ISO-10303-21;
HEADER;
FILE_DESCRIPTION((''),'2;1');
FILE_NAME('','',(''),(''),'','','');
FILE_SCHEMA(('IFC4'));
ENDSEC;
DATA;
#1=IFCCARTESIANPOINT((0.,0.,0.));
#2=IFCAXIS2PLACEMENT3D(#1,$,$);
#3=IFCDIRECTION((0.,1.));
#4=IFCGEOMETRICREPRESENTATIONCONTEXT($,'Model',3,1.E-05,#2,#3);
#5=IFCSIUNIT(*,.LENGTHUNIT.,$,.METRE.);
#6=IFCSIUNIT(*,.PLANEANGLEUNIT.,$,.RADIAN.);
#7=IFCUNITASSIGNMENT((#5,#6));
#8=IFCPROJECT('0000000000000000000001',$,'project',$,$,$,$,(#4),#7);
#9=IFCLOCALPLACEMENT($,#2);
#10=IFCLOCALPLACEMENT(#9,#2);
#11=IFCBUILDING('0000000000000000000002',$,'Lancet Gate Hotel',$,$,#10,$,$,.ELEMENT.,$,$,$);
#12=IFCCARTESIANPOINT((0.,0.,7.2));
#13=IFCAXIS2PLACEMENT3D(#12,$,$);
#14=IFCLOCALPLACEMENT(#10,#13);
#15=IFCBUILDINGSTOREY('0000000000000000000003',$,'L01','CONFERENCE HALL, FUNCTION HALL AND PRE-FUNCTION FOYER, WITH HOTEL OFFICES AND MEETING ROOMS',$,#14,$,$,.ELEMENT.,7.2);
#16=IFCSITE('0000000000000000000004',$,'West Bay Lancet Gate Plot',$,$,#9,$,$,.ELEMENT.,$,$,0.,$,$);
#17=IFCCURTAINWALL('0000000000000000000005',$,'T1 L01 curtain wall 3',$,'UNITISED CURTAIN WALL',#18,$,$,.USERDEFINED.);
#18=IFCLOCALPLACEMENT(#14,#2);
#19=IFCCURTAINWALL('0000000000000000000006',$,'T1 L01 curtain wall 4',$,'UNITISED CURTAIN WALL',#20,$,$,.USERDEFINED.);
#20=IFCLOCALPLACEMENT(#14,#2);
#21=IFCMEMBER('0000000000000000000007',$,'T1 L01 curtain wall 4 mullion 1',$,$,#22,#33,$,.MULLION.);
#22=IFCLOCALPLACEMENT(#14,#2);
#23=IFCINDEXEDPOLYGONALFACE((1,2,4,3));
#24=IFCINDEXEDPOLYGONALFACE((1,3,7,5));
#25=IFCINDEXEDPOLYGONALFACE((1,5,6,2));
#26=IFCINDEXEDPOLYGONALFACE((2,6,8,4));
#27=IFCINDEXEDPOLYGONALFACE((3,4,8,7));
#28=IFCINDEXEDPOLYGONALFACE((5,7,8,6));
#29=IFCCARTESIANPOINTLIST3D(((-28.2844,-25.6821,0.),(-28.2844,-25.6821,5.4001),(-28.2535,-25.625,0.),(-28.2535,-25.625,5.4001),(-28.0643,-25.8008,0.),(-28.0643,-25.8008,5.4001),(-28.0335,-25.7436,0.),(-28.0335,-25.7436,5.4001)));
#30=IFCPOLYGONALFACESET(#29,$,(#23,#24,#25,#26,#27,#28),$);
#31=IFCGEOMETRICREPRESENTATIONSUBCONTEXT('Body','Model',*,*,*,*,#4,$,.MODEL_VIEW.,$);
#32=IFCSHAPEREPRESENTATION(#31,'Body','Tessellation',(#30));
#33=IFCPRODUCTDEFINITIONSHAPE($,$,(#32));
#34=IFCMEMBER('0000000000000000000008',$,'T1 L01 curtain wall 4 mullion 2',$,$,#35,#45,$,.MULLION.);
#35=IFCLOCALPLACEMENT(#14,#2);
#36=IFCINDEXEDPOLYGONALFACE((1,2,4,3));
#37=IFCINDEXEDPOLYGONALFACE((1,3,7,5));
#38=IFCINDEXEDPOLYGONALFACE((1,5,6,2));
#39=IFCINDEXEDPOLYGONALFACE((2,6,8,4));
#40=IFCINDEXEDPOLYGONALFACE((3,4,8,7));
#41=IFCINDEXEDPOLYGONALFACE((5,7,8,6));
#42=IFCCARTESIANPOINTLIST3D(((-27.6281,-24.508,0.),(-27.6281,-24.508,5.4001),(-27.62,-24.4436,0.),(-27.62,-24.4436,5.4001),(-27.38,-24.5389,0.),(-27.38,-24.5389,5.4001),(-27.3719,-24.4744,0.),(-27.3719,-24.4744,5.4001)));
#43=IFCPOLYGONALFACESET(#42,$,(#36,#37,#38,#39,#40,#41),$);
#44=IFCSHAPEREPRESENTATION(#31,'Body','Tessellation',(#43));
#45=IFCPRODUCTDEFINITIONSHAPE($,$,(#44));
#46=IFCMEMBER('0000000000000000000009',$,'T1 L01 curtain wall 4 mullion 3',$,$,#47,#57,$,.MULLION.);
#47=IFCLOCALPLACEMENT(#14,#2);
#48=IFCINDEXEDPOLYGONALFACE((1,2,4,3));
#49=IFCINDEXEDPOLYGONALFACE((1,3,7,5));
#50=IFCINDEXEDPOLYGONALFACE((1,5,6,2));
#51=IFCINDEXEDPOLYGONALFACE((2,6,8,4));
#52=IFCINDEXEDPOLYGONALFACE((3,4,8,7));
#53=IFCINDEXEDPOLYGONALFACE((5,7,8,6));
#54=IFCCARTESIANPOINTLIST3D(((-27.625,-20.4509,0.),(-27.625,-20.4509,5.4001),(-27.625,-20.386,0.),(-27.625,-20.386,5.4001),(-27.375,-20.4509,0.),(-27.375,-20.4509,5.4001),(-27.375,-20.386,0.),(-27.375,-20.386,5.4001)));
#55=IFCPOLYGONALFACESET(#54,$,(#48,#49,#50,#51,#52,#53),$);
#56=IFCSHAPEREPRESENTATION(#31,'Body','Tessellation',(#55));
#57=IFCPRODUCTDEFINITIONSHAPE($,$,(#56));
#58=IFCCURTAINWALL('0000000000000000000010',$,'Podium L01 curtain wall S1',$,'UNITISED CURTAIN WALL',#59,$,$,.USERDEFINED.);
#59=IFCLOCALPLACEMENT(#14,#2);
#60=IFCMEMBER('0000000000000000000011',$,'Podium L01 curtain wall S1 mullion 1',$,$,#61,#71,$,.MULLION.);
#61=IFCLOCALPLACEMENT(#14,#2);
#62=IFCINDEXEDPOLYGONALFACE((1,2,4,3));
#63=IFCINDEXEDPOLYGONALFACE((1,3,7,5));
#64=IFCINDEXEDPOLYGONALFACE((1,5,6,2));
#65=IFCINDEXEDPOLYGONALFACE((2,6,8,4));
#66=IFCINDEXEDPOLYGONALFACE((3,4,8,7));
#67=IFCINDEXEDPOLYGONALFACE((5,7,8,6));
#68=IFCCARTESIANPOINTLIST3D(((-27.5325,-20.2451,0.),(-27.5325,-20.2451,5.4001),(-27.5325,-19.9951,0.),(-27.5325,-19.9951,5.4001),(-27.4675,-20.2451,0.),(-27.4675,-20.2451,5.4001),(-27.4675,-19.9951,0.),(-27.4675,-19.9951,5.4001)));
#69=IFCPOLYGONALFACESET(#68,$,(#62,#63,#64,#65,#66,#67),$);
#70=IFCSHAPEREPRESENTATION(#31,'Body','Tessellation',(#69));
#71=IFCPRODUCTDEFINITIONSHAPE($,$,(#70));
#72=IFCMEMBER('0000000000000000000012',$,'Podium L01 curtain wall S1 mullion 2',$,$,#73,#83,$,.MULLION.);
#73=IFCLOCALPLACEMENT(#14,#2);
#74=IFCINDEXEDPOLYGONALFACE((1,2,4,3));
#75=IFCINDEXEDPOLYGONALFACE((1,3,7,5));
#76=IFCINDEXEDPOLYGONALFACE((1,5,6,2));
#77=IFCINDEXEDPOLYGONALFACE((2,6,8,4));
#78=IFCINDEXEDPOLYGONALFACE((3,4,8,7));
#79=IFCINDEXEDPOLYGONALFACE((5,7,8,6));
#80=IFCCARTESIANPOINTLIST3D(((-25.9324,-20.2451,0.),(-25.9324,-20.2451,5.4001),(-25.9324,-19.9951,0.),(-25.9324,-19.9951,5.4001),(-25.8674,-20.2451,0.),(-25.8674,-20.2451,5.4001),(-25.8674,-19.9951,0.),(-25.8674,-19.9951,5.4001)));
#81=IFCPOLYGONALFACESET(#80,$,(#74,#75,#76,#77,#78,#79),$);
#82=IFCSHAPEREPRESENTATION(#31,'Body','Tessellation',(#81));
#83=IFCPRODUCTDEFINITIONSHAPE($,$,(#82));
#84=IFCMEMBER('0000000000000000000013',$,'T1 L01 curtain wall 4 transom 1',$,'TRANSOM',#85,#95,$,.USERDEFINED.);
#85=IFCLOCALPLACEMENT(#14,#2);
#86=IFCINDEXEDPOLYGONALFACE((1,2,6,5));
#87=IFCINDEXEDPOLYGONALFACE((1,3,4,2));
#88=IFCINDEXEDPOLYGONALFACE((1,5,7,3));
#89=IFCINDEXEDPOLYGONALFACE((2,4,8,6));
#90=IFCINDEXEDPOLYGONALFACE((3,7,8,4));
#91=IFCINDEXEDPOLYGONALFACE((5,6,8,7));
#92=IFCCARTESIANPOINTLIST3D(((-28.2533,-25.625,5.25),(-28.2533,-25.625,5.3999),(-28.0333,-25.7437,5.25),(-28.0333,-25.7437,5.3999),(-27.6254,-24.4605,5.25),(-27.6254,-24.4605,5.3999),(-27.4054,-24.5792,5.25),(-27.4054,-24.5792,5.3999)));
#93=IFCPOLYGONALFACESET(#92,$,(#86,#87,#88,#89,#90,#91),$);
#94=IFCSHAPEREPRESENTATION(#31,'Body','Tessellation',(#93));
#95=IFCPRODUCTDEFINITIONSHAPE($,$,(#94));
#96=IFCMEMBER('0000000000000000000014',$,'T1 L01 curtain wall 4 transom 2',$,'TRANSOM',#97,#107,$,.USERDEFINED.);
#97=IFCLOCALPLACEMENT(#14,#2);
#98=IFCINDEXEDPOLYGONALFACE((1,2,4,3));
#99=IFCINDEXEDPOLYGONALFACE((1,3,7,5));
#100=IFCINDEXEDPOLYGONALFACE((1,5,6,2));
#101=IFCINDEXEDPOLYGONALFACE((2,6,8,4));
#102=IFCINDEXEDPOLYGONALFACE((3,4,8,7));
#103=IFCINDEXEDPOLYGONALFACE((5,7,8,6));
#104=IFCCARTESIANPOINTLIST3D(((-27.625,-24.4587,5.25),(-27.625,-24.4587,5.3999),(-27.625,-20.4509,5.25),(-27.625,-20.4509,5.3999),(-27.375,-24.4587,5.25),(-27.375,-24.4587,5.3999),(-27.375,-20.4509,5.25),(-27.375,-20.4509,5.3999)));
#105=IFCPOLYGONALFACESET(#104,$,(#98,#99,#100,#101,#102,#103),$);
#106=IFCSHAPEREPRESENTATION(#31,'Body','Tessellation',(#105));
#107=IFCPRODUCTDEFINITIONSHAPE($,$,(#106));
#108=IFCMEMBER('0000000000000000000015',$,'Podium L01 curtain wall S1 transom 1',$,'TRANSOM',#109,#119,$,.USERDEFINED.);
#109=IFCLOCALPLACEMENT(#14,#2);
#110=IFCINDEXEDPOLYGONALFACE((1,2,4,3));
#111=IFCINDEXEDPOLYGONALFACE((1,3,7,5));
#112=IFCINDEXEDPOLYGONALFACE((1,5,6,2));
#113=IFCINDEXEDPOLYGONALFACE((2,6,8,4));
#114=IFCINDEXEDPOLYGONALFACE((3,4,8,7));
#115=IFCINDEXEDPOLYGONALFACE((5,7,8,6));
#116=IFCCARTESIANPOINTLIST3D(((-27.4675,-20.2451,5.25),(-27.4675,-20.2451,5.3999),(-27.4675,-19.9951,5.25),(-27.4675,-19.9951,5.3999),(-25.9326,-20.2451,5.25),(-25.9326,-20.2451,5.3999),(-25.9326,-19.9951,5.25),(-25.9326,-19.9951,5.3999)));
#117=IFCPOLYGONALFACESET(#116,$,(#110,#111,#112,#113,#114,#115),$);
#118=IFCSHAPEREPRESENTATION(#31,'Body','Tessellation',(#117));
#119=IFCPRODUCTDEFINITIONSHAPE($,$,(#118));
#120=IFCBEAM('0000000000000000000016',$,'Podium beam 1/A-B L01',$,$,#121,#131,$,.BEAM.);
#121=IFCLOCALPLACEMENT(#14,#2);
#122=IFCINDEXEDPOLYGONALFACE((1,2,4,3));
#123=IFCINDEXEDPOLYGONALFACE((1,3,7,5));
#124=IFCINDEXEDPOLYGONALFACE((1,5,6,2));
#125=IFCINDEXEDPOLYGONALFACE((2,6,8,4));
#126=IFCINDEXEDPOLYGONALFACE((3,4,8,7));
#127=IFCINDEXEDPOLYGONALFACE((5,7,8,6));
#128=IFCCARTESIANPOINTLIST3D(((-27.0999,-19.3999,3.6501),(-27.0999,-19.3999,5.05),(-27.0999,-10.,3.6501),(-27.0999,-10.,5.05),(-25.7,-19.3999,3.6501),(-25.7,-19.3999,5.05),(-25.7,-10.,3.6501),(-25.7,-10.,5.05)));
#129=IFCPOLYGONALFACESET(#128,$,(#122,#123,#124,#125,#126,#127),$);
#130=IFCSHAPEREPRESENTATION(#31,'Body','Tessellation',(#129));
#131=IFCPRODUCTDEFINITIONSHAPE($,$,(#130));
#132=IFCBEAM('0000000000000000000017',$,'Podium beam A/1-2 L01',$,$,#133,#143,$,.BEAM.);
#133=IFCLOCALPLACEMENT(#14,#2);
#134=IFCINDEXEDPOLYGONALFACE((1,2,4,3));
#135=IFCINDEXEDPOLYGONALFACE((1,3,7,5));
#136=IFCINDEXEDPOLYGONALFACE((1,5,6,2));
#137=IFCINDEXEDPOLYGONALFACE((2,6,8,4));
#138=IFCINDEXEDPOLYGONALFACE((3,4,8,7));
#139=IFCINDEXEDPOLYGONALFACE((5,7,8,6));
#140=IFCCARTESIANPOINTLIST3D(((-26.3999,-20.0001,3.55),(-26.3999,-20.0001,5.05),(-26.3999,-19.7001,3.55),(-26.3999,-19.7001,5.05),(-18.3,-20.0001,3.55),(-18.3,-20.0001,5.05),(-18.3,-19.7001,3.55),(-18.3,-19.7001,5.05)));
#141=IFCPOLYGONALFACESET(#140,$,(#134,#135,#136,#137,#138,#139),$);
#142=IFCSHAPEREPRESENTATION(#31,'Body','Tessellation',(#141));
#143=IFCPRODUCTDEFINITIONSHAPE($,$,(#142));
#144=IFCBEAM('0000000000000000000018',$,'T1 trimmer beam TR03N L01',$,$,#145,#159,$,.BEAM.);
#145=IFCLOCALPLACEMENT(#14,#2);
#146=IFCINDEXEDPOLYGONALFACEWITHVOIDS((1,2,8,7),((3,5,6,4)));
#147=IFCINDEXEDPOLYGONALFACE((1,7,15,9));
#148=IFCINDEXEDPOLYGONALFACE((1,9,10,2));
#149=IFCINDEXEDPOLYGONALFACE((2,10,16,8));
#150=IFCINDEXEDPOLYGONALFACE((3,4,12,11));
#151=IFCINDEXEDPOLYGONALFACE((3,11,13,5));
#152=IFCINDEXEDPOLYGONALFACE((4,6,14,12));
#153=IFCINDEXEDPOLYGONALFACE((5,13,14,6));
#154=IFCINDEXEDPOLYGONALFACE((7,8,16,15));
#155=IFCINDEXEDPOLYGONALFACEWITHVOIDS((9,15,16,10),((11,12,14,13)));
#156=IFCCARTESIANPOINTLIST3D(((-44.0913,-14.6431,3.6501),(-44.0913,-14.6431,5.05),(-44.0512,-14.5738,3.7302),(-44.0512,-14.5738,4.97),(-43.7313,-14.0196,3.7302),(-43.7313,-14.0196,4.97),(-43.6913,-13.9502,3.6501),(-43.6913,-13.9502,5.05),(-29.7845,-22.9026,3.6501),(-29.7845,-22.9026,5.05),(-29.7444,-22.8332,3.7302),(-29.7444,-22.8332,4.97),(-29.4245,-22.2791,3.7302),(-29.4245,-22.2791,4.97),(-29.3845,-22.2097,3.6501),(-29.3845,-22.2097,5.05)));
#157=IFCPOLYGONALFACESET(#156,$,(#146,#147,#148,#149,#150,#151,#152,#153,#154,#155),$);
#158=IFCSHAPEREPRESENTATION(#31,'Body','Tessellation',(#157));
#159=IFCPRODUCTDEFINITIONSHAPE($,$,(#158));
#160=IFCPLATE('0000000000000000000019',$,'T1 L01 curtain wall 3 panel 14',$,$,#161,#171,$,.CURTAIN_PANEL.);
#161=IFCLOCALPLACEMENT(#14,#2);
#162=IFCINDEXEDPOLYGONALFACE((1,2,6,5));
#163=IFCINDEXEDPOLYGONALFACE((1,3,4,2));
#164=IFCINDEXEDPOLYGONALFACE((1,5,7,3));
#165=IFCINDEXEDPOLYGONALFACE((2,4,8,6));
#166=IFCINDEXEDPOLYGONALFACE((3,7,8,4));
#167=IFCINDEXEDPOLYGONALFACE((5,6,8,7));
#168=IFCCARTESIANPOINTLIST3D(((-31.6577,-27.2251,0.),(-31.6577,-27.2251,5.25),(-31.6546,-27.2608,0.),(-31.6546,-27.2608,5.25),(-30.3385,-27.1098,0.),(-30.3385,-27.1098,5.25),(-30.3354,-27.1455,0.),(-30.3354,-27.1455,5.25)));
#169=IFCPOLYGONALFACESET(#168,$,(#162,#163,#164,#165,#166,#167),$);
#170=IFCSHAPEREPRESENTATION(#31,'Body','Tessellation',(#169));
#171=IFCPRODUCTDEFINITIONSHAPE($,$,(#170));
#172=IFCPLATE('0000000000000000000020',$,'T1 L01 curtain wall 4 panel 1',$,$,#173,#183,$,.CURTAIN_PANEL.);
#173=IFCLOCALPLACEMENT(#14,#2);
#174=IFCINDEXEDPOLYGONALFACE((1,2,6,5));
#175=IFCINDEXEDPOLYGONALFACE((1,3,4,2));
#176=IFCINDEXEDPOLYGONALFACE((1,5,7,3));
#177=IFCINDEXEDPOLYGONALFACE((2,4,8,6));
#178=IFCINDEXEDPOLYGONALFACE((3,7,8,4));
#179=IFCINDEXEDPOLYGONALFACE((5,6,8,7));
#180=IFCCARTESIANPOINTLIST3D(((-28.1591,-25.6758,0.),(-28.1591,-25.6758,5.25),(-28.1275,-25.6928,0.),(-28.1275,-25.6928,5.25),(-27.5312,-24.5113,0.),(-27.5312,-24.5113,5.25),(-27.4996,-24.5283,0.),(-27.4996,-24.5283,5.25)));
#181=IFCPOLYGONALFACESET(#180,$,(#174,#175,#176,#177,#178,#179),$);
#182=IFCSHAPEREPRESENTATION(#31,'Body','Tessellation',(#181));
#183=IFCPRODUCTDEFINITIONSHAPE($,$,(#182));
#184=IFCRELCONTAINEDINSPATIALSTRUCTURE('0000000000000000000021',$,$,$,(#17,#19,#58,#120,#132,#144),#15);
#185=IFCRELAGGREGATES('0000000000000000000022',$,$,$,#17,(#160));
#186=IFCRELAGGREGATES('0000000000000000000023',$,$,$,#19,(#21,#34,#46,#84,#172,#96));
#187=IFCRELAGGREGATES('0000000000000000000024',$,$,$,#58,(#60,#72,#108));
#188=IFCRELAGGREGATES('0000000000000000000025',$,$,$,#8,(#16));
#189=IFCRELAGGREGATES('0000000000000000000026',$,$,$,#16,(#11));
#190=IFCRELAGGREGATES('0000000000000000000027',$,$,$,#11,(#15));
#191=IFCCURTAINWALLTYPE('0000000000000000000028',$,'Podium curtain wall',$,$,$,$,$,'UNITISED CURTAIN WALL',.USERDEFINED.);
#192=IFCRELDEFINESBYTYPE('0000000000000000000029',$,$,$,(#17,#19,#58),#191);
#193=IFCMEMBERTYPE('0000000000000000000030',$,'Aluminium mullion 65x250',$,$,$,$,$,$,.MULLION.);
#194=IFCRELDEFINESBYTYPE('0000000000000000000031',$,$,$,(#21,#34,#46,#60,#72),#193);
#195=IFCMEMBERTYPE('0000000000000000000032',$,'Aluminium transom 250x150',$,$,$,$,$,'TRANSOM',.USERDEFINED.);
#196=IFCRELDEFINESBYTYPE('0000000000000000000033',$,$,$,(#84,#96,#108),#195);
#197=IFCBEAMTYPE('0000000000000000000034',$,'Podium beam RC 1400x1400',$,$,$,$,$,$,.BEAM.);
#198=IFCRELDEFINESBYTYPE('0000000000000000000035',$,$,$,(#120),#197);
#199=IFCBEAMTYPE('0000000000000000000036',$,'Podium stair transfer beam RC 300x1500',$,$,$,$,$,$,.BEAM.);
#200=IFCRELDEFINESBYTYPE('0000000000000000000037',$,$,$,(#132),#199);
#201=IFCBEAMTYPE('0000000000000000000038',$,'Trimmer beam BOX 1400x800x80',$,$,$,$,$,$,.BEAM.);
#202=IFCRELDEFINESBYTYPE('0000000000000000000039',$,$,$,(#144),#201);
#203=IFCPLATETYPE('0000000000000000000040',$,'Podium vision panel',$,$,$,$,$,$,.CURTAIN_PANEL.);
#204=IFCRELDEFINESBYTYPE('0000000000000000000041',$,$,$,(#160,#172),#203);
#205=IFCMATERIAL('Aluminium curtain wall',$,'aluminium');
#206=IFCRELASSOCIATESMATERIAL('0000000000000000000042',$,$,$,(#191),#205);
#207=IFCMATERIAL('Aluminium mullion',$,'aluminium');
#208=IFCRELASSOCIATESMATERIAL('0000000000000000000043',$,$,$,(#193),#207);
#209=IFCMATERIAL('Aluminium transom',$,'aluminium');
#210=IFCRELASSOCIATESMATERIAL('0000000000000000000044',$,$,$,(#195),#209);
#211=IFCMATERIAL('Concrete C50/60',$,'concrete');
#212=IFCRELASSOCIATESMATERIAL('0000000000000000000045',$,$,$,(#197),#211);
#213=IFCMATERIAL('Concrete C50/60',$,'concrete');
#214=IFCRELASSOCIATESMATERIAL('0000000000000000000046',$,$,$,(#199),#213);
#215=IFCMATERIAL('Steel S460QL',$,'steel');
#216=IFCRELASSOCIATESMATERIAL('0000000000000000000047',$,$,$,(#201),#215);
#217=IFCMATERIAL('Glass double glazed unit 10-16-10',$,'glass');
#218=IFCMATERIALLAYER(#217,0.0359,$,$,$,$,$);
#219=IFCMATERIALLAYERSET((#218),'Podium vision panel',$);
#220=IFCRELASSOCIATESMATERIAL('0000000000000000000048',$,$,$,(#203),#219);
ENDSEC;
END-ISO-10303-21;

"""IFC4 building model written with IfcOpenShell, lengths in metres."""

from ifc_helpers import new_model, si_unit, direction, frame, origin, origin_2d, place, context, subcontext, project, spatial, rectangle, hollow_rectangle, extrude, material, layer, layer_set, material_profile, profile_set, type_object, element, aggregate, save


model = new_model("IFC4")

# Units and contexts
model_context = context("Model", 3, precision=1e-05, world=origin(), true_north=direction((0.0, 1.0)))
body_context = subcontext(model_context, "Body", "Model", "MODEL_VIEW")
ifc_project = project(units=[si_unit("LENGTHUNIT", "METRE"), si_unit("PLANEANGLEUNIT", "RADIAN")], contexts=[model_context])

# Site, building, storey
site_placement = place(None, origin())
site = spatial("IfcSite", under=ifc_project, at=site_placement, Name="West Bay Lancet Gate Plot", CompositionType="ELEMENT", RefElevation=0.0)
building_placement = place(site_placement, origin())
building = spatial("IfcBuilding", under=site, at=building_placement, Name="Lancet Gate Hotel", CompositionType="ELEMENT")
storey_placement = place(building_placement, frame((0.0, 0.0, 7.2)))
storey = spatial("IfcBuildingStorey", under=building, at=storey_placement, Name="L01", Description="CONFERENCE HALL, FUNCTION HALL AND PRE-FUNCTION FOYER, WITH HOTEL OFFICES AND MEETING ROOMS", CompositionType="ELEMENT", Elevation=7.2)

# Curtain wall
ifc_material_1 = material(Name="Aluminium curtain wall", Category="aluminium")
curtain_wall_type = type_object("IfcCurtainWallType", Name="Podium curtain wall", ElementType="UNITISED CURTAIN WALL", PredefinedType="USERDEFINED", material=ifc_material_1)
curtain_wall_1_placement = place(storey_placement, origin())
curtain_wall_1 = element("IfcCurtainWall", 1, at=curtain_wall_1_placement, inside=storey, type_object=curtain_wall_type, Name="T1 L01 curtain wall 3", ObjectType="UNITISED CURTAIN WALL", PredefinedType="USERDEFINED")
ifc_material_2 = material(Name="Aluminium mullion", Category="aluminium")
ifc_material_profile_1 = material_profile(ifc_material_2, rectangle(XDim=0.0649, YDim=0.25, at=origin_2d()), Name="MULLION 65x250")
ifc_profile_set_1 = profile_set([ifc_material_profile_1], Name="Aluminium mullion")
member_type_1 = type_object("IfcMemberType", Name="Aluminium mullion 65x250", PredefinedType="MULLION", material=ifc_profile_set_1)

# Curtain walls, members
curtain_wall_2_placement = place(storey_placement, origin())
curtain_wall_2 = element("IfcCurtainWall", 2, at=curtain_wall_2_placement, inside=storey, type_object=curtain_wall_type, Name="T1 L01 curtain wall 4", ObjectType="UNITISED CURTAIN WALL", PredefinedType="USERDEFINED")
member_1_placement = place(storey_placement, frame((-28.1589, -25.7129, 0.0), z_axis=(0.0, 0.0, 1.0), x_axis=(0.474631, 0.880185, 0.0)))
member_1 = element("IfcMember", 3, at=member_1_placement, type_object=member_type_1, Name="T1 L01 curtain wall 4 mullion 1", PredefinedType="MULLION", context=body_context, shape_type="SweptSolid", body=[
    extrude(rectangle(XDim=0.0649, YDim=0.25, at=origin_2d()), origin(), (0.0, 0.0, 1.0), 5.4001),
])
member_2_placement = place(storey_placement, frame((-27.5, -24.4912, 0.0), z_axis=(0.0, 0.0, 1.0), x_axis=(0.123483, 0.992347, 0.0)))
member_2 = element("IfcMember", 4, at=member_2_placement, type_object=member_type_1, Name="T1 L01 curtain wall 4 mullion 2", PredefinedType="MULLION", context=body_context, shape_type="SweptSolid", body=[
    extrude(rectangle(XDim=0.0649, YDim=0.25, at=origin_2d()), origin(), (0.0, 0.0, 1.0), 5.4001),
])
member_3_placement = place(storey_placement, frame((-27.5, -20.4185, 0.0), z_axis=(0.0, 0.0, 1.0), x_axis=(0.0, 1.0, 0.0)))
member_3 = element("IfcMember", 5, at=member_3_placement, type_object=member_type_1, Name="T1 L01 curtain wall 4 mullion 3", PredefinedType="MULLION", context=body_context, shape_type="SweptSolid", body=[
    extrude(rectangle(XDim=0.0649, YDim=0.25, at=origin_2d()), origin(), (0.0, 0.0, 1.0), 5.4001),
])
curtain_wall_3_placement = place(storey_placement, origin())
curtain_wall_3 = element("IfcCurtainWall", 6, at=curtain_wall_3_placement, inside=storey, type_object=curtain_wall_type, Name="Podium L01 curtain wall S1", ObjectType="UNITISED CURTAIN WALL", PredefinedType="USERDEFINED")
member_4_placement = place(storey_placement, frame((-27.5, -20.1201, 0.0), z_axis=(0.0, 0.0, 1.0), x_axis=(1.0, 0.0, 0.0)))
member_4 = element("IfcMember", 7, at=member_4_placement, type_object=member_type_1, Name="Podium L01 curtain wall S1 mullion 1", PredefinedType="MULLION", context=body_context, shape_type="SweptSolid", body=[
    extrude(rectangle(XDim=0.0649, YDim=0.25, at=origin_2d()), origin(), (0.0, 0.0, 1.0), 5.4001),
])
member_5_placement = place(storey_placement, frame((-25.8999, -20.1201, 0.0), z_axis=(0.0, 0.0, 1.0), x_axis=(1.0, 0.0, 0.0)))
member_5 = element("IfcMember", 8, at=member_5_placement, type_object=member_type_1, Name="Podium L01 curtain wall S1 mullion 2", PredefinedType="MULLION", context=body_context, shape_type="SweptSolid", body=[
    extrude(rectangle(XDim=0.0649, YDim=0.25, at=origin_2d()), origin(), (0.0, 0.0, 1.0), 5.4001),
])

# Members
ifc_material_3 = material(Name="Aluminium transom", Category="aluminium")
ifc_material_profile_2 = material_profile(ifc_material_3, rectangle(XDim=0.25, YDim=0.1499, at=origin_2d()), Name="TRANSOM 250x150")
ifc_profile_set_2 = profile_set([ifc_material_profile_2], Name="Aluminium transom")
member_type_2 = type_object("IfcMemberType", Name="Aluminium transom 250x150", ElementType="TRANSOM", PredefinedType="USERDEFINED", material=ifc_profile_set_2)
member_6_placement = place(storey_placement, frame((-28.1433, -25.6843, 5.325), z_axis=(0.474606, 0.880198, 0.0), x_axis=(-0.880198, 0.474606, 0.0)))
member_6 = element("IfcMember", 9, at=member_6_placement, type_object=member_type_2, Name="T1 L01 curtain wall 4 transom 1", ObjectType="TRANSOM", PredefinedType="USERDEFINED", context=body_context, shape_type="SweptSolid", body=[
    extrude(rectangle(XDim=0.25, YDim=0.1499, at=origin_2d()), origin(), (0.0, 0.0, 1.0), 1.323),
])
member_7_placement = place(storey_placement, frame((-27.5, -24.4587, 5.325), z_axis=(0.0, 1.0, 0.0), x_axis=(-1.0, 0.0, 0.0)))
member_7 = element("IfcMember", 10, at=member_7_placement, type_object=member_type_2, Name="T1 L01 curtain wall 4 transom 2", ObjectType="TRANSOM", PredefinedType="USERDEFINED", context=body_context, shape_type="SweptSolid", body=[
    extrude(rectangle(XDim=0.25, YDim=0.1499, at=origin_2d()), origin(), (0.0, 0.0, 1.0), 4.0078),
])
member_8_placement = place(storey_placement, frame((-27.4675, -20.1201, 5.325), z_axis=(1.0, 0.0, 0.0), x_axis=(0.0, 1.0, 0.0)))
member_8 = element("IfcMember", 11, at=member_8_placement, type_object=member_type_2, Name="Podium L01 curtain wall S1 transom 1", ObjectType="TRANSOM", PredefinedType="USERDEFINED", context=body_context, shape_type="SweptSolid", body=[
    extrude(rectangle(XDim=0.25, YDim=0.1499, at=origin_2d()), origin(), (0.0, 0.0, 1.0), 1.5349),
])

# Beams
ifc_material_4 = material(Name="Concrete C50/60", Category="concrete")
ifc_material_profile_3 = material_profile(ifc_material_4, rectangle(XDim=1.3999, YDim=1.3999, at=origin_2d()), Name="RC 1400x1400")
ifc_profile_set_3 = profile_set([ifc_material_profile_3], Name="Concrete C50/60")
beam_type_1 = type_object("IfcBeamType", Name="Podium beam RC 1400x1400", PredefinedType="BEAM", material=ifc_profile_set_3)
beam_1_placement = place(storey_placement, frame((-26.3999, -19.3999, 4.3501), z_axis=(0.0, 1.0, 0.0), x_axis=(-1.0, 0.0, 0.0)))
element("IfcBeam", 12, at=beam_1_placement, inside=storey, type_object=beam_type_1, Name="Podium beam 1/A-B L01", PredefinedType="BEAM", context=body_context, shape_type="SweptSolid", body=[
    extrude(rectangle(XDim=1.3999, YDim=1.3999, at=origin_2d()), origin(), (0.0, 0.0, 1.0), 9.3999),
])
ifc_material_5 = material(Name="Concrete C50/60", Category="concrete")
ifc_material_profile_4 = material_profile(ifc_material_5, rectangle(XDim=0.3, YDim=1.5, at=origin_2d()), Name="RC 300x1500")
ifc_profile_set_4 = profile_set([ifc_material_profile_4], Name="Concrete C50/60")
beam_type_2 = type_object("IfcBeamType", Name="Podium stair transfer beam RC 300x1500", PredefinedType="BEAM", material=ifc_profile_set_4)
beam_2_placement = place(storey_placement, frame((-26.3999, -19.8501, 4.3), z_axis=(1.0, 0.0, 0.0), x_axis=(0.0, 1.0, 0.0)))
element("IfcBeam", 13, at=beam_2_placement, inside=storey, type_object=beam_type_2, Name="Podium beam A/1-2 L01", PredefinedType="BEAM", context=body_context, shape_type="SweptSolid", body=[
    extrude(rectangle(XDim=0.3, YDim=1.5, at=origin_2d()), origin(), (0.0, 0.0, 1.0), 8.0999),
])
ifc_material_6 = material(Name="Steel S460QL", Category="steel")
ifc_material_profile_5 = material_profile(ifc_material_6, hollow_rectangle(XDim=0.8, YDim=1.3999, WallThickness=0.0801, at=origin_2d()), Name="BOX 1400x800x80")
ifc_profile_set_5 = profile_set([ifc_material_profile_5], Name="Steel S460QL")
beam_type_3 = type_object("IfcBeamType", Name="Trimmer beam BOX 1400x800x80", PredefinedType="BEAM", material=ifc_profile_set_5)
beam_3_placement = place(storey_placement, frame((-29.5845, -22.5562, 4.3501), z_axis=(-0.86604, 0.499974, 0.0), x_axis=(-0.499974, -0.86604, 0.0)))
element("IfcBeam", 14, at=beam_3_placement, inside=storey, type_object=beam_type_3, Name="T1 trimmer beam TR03N L01", PredefinedType="BEAM", context=body_context, shape_type="SweptSolid", body=[
    extrude(hollow_rectangle(XDim=0.8, YDim=1.3999, WallThickness=0.0801, at=origin_2d()), origin(), (0.0, 0.0, 1.0), 16.5198),
])

# Plates
ifc_material_7 = material(Name="Glass double glazed unit 10-16-10", Category="glass")
ifc_layer_1 = layer(ifc_material_7, 0.0359)
ifc_layer_set_1 = layer_set([ifc_layer_1], Name="Podium vision panel")
plate_type = type_object("IfcPlateType", Name="Podium vision panel", PredefinedType="CURTAIN_PANEL", material=ifc_layer_set_1)
plate_1_placement = place(storey_placement, frame((-30.9966, -27.1853, 0.0), z_axis=(0.0, 0.0, 1.0), x_axis=(0.996204, 0.087052, 0.0)))
plate_1 = element("IfcPlate", 15, at=plate_1_placement, type_object=plate_type, Name="T1 L01 curtain wall 3 panel 14", PredefinedType="CURTAIN_PANEL", context=body_context, shape_type="SweptSolid", body=[
    extrude(rectangle(XDim=1.3242, YDim=0.0359, at=origin_2d()), origin(), (0.0, 0.0, 1.0), 5.25),
])
aggregate(curtain_wall_1, [plate_1])
plate_2_placement = place(storey_placement, frame((-27.8293, -25.1021, 0.0), z_axis=(0.0, 0.0, 1.0), x_axis=(0.474631, 0.880185, 0.0)))
plate_2 = element("IfcPlate", 16, at=plate_2_placement, type_object=plate_type, Name="T1 L01 curtain wall 4 panel 1", PredefinedType="CURTAIN_PANEL", context=body_context, shape_type="SweptSolid", body=[
    extrude(rectangle(XDim=1.323, YDim=0.0359, at=origin_2d()), origin(), (0.0, 0.0, 1.0), 5.25),
])
aggregate(curtain_wall_2, [member_1, member_2, member_3, member_6, plate_2, member_7])
aggregate(curtain_wall_3, [member_4, member_5, member_8])

save(model, "model.ifc")
